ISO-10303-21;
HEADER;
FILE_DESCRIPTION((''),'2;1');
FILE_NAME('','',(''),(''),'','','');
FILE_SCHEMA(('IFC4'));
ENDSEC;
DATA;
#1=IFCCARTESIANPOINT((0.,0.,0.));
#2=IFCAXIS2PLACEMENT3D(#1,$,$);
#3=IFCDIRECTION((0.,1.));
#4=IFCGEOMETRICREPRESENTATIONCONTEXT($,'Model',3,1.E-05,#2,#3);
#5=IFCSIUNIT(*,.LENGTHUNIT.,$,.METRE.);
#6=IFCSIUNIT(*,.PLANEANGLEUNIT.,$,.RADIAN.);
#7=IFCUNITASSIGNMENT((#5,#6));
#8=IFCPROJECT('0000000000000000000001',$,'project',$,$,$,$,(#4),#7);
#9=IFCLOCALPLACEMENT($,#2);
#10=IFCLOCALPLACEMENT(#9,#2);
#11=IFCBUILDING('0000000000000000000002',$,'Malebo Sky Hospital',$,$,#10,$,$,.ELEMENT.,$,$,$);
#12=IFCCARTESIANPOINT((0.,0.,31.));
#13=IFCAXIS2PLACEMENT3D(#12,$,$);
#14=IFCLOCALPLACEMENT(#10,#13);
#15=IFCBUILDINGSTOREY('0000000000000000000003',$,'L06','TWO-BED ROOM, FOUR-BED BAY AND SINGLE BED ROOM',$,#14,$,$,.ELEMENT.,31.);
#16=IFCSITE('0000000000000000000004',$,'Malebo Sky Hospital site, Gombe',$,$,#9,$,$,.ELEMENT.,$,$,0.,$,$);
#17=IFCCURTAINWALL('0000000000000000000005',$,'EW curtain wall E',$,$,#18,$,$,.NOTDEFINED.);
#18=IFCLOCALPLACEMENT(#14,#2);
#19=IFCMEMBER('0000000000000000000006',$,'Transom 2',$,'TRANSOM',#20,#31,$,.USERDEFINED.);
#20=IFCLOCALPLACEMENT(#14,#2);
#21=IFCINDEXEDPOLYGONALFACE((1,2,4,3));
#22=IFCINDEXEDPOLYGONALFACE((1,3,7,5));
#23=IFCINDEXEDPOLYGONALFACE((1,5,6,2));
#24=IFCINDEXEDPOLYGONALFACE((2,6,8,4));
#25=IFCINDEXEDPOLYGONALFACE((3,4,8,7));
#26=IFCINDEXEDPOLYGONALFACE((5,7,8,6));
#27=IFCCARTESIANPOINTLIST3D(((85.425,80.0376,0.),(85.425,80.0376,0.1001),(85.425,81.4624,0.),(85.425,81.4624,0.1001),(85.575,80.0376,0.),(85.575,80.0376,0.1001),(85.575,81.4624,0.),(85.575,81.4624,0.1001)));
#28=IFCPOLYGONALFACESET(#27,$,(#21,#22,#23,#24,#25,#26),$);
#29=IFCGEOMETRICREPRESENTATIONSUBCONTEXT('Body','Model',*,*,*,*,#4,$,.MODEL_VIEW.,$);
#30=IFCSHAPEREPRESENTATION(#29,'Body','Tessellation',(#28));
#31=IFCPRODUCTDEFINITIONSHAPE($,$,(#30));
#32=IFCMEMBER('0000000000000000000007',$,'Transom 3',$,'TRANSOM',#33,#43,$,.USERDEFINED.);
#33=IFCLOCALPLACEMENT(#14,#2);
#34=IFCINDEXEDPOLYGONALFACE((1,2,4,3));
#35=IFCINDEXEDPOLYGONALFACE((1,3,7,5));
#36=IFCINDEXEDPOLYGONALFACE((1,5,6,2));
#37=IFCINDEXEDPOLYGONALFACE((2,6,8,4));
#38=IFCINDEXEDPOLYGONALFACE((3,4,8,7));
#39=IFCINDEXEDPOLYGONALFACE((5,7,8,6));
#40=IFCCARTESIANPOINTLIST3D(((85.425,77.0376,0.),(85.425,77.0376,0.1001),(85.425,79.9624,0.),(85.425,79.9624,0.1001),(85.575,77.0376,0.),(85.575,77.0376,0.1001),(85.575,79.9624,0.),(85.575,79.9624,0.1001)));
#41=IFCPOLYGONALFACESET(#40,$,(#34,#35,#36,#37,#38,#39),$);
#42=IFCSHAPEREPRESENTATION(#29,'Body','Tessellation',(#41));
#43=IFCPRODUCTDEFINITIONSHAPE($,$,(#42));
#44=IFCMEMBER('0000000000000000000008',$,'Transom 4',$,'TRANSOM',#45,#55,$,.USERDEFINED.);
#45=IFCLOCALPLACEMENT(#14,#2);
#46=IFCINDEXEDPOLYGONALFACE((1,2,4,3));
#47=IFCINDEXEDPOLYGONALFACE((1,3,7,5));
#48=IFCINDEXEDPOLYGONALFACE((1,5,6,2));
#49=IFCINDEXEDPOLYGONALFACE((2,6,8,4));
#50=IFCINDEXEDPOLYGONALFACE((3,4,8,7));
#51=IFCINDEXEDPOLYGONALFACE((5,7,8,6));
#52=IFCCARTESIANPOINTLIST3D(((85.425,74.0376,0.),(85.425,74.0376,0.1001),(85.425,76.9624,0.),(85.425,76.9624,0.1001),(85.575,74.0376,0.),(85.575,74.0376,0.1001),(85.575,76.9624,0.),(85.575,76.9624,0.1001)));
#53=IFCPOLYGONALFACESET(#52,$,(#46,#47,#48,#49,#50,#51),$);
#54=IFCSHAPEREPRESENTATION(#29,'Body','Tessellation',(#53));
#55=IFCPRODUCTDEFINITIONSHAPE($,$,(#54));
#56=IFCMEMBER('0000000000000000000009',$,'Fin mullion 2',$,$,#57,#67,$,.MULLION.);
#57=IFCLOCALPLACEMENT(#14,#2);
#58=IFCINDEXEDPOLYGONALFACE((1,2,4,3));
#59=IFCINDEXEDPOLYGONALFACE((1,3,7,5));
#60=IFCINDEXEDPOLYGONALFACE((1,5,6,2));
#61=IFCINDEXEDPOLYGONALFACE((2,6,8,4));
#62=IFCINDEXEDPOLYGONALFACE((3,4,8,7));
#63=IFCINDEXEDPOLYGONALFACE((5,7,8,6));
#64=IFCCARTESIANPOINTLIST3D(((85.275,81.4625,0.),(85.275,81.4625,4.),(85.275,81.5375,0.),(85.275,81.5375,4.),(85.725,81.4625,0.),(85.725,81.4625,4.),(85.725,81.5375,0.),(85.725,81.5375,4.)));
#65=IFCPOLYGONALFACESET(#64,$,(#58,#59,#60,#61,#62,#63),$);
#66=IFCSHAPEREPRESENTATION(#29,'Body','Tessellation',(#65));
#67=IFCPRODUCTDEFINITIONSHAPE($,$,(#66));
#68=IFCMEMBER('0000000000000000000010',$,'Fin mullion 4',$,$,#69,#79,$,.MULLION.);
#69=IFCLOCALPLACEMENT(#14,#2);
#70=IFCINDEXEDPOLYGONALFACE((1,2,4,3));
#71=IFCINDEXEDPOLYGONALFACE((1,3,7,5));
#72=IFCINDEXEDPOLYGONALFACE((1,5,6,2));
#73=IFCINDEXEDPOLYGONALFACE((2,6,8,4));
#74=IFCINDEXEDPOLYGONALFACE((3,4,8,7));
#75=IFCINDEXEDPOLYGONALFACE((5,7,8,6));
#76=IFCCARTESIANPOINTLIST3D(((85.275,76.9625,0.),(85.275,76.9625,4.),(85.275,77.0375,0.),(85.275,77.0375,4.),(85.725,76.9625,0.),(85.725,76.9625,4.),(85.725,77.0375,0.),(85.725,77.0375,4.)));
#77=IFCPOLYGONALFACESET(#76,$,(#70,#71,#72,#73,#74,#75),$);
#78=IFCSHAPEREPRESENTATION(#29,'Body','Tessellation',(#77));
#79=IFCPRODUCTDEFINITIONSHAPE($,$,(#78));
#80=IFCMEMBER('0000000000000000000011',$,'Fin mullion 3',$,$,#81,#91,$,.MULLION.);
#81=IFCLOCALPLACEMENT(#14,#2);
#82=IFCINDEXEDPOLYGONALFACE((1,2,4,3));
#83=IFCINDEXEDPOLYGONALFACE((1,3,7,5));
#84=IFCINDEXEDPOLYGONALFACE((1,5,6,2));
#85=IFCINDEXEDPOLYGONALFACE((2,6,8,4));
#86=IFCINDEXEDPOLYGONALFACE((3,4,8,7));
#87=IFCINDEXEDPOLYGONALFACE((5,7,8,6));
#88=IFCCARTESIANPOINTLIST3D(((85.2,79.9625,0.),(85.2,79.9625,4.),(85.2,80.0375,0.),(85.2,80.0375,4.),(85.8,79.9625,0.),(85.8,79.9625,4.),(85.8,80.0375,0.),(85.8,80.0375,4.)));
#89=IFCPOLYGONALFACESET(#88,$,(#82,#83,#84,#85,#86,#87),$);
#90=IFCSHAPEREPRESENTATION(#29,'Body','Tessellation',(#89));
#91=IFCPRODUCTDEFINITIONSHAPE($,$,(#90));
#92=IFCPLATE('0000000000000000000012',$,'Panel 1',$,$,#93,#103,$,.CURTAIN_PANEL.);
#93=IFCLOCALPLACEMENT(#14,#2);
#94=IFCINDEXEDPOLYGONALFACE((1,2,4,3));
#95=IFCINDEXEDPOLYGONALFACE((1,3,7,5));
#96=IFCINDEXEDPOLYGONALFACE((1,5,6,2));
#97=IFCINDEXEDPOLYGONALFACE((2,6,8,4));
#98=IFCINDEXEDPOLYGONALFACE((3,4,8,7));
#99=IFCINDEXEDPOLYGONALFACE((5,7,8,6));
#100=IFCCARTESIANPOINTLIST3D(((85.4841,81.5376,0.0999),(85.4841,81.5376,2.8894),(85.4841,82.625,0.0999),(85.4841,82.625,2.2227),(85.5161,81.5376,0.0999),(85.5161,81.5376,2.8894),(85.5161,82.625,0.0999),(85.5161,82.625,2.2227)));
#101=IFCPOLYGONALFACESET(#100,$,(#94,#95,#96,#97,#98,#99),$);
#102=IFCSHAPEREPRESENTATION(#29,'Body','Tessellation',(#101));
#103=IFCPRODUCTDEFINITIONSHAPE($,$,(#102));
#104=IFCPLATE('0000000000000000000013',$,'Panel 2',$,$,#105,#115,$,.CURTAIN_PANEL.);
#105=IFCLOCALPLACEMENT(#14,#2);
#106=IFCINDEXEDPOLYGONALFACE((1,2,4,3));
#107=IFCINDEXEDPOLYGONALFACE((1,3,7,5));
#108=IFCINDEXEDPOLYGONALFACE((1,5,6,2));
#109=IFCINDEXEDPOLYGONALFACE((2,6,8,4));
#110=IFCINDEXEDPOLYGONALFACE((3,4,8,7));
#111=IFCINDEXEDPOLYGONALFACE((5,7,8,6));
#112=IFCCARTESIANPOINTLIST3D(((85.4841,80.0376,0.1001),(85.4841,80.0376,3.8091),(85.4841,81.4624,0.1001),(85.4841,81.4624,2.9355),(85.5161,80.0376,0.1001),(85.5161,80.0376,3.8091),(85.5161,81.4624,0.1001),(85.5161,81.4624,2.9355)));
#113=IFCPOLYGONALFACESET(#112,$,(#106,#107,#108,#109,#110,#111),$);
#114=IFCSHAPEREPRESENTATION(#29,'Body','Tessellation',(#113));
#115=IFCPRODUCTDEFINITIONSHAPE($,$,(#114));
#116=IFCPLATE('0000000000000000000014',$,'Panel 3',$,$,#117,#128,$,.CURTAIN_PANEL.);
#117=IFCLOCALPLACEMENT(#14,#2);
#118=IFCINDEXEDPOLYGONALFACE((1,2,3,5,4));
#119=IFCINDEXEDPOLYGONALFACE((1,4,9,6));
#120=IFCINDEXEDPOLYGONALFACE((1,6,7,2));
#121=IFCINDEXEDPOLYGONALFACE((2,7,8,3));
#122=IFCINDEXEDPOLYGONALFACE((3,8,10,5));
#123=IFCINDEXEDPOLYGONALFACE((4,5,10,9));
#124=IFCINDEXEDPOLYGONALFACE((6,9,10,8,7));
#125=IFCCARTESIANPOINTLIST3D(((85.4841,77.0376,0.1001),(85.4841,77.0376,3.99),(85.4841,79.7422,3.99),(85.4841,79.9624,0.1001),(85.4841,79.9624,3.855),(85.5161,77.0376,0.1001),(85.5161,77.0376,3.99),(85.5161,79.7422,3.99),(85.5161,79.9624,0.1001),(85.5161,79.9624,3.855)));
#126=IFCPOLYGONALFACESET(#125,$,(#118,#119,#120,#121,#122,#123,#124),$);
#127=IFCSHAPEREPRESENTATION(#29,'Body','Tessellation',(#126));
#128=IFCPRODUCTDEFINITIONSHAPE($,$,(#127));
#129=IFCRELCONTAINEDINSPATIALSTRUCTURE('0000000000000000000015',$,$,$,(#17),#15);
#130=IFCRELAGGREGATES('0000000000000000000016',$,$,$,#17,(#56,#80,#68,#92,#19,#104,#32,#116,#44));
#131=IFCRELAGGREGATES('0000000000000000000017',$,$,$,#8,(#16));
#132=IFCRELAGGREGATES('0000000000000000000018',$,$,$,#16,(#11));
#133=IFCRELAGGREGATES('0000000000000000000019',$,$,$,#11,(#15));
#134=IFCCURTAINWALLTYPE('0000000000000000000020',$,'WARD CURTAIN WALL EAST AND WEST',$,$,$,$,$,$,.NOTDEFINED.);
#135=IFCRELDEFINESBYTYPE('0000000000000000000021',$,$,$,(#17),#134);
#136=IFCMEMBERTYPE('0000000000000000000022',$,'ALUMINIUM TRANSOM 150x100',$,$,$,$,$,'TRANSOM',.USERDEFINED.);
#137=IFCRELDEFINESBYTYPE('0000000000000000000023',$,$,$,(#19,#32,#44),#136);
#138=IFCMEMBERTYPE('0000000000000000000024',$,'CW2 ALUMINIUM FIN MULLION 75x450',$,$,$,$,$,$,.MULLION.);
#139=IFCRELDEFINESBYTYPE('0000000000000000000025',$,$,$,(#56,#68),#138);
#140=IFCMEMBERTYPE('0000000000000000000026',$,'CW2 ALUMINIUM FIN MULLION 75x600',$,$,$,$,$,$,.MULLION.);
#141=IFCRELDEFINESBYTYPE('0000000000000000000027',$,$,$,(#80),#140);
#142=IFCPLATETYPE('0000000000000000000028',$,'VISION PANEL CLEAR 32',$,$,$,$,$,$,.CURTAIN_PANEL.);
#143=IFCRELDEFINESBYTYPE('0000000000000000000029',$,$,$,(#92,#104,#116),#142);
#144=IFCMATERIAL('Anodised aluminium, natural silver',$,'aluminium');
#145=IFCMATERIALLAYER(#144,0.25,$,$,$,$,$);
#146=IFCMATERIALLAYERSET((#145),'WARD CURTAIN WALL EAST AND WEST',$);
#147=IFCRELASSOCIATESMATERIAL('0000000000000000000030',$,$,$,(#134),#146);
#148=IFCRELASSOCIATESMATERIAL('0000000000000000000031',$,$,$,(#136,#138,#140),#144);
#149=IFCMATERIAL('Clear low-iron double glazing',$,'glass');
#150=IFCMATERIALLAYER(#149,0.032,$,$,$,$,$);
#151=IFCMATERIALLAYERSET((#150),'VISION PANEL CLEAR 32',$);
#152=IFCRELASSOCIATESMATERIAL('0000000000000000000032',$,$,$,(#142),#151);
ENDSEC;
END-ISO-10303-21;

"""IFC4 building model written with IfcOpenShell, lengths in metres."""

from ifc_helpers import new_model, si_unit, direction, frame, origin, origin_2d, place, context, subcontext, project, spatial, polyline, rectangle, outline, extrude, material, layer, layer_set, material_profile, profile_set, type_object, element, aggregate, save


model = new_model("IFC4")

# Units and contexts
model_context = context("Model", 3, precision=1e-05, world=origin(), true_north=direction((0.0, 1.0)))
body_context = subcontext(model_context, "Body", "Model", "MODEL_VIEW")
ifc_project = project(units=[si_unit("LENGTHUNIT", "METRE"), si_unit("PLANEANGLEUNIT", "RADIAN")], contexts=[model_context])

# Site, building, storey
site_placement = place(None, origin())
site = spatial("IfcSite", under=ifc_project, at=site_placement, Name="Malebo Sky Hospital site, Gombe", CompositionType="ELEMENT", RefElevation=0.0)
building_placement = place(site_placement, origin())
building = spatial("IfcBuilding", under=site, at=building_placement, Name="Malebo Sky Hospital", CompositionType="ELEMENT")
storey_placement = place(building_placement, frame((0.0, 0.0, 31.0)))
storey = spatial("IfcBuildingStorey", under=building, at=storey_placement, Name="L06", Description="TWO-BED ROOM, FOUR-BED BAY AND SINGLE BED ROOM", CompositionType="ELEMENT", Elevation=31.0)

# Curtain wall, members, plates
ifc_material_1 = material(Name="Anodised aluminium, natural silver", Category="aluminium")
ifc_layer_1 = layer(ifc_material_1, 0.25)
ifc_layer_set_1 = layer_set([ifc_layer_1], Name="WARD CURTAIN WALL EAST AND WEST")
curtain_wall_type = type_object("IfcCurtainWallType", Name="WARD CURTAIN WALL EAST AND WEST", PredefinedType="NOTDEFINED", material=ifc_layer_set_1)
curtain_wall_placement = place(storey_placement, origin())
curtain_wall = element("IfcCurtainWall", 1, at=curtain_wall_placement, inside=storey, type_object=curtain_wall_type, Name="EW curtain wall E", PredefinedType="NOTDEFINED")
ifc_material_profile_1 = material_profile(ifc_material_1, rectangle(XDim=0.1499, YDim=0.1001, at=origin_2d()), Name="ALUMINIUM TRANSOM 150x100")
ifc_profile_set_1 = profile_set([ifc_material_profile_1], Name="Anodised aluminium, natural silver")
member_type_1 = type_object("IfcMemberType", Name="ALUMINIUM TRANSOM 150x100", ElementType="TRANSOM", PredefinedType="USERDEFINED", material=ifc_profile_set_1)
member_1_placement = place(storey_placement, frame((85.5, 81.4624, 0.05), z_axis=(0.0, -1.0, 0.0), x_axis=(1.0, 0.0, 0.0)))
member_1 = element("IfcMember", 2, at=member_1_placement, type_object=member_type_1, Name="Transom 2", ObjectType="TRANSOM", PredefinedType="USERDEFINED", context=body_context, shape_type="SweptSolid", body=[
    extrude(rectangle(XDim=0.1499, YDim=0.1001, at=origin_2d()), origin(), (0.0, 0.0, 1.0), 1.4248),
])
member_2_placement = place(storey_placement, frame((85.5, 79.9624, 0.05), z_axis=(0.0, -1.0, 0.0), x_axis=(1.0, 0.0, 0.0)))
member_2 = element("IfcMember", 3, at=member_2_placement, type_object=member_type_1, Name="Transom 3", ObjectType="TRANSOM", PredefinedType="USERDEFINED", context=body_context, shape_type="SweptSolid", body=[
    extrude(rectangle(XDim=0.1499, YDim=0.1001, at=origin_2d()), origin(), (0.0, 0.0, 1.0), 2.9248),
])
member_3_placement = place(storey_placement, frame((85.5, 76.9624, 0.05), z_axis=(0.0, -1.0, 0.0), x_axis=(1.0, 0.0, 0.0)))
member_3 = element("IfcMember", 4, at=member_3_placement, type_object=member_type_1, Name="Transom 4", ObjectType="TRANSOM", PredefinedType="USERDEFINED", context=body_context, shape_type="SweptSolid", body=[
    extrude(rectangle(XDim=0.1499, YDim=0.1001, at=origin_2d()), origin(), (0.0, 0.0, 1.0), 2.9248),
])
ifc_material_profile_2 = material_profile(ifc_material_1, rectangle(XDim=0.075, YDim=0.45, at=origin_2d()), Name="CW2 ALUMINIUM FIN MULLION 75x450")
ifc_profile_set_2 = profile_set([ifc_material_profile_2], Name="Anodised aluminium, natural silver")
member_type_2 = type_object("IfcMemberType", Name="CW2 ALUMINIUM FIN MULLION 75x450", PredefinedType="MULLION", material=ifc_profile_set_2)
member_4_placement = place(storey_placement, frame((85.5, 81.5, 0.0), z_axis=(0.0, 0.0, 1.0), x_axis=(0.0, -1.0, 0.0)))
member_4 = element("IfcMember", 5, at=member_4_placement, type_object=member_type_2, Name="Fin mullion 2", PredefinedType="MULLION", context=body_context, shape_type="SweptSolid", body=[
    extrude(rectangle(XDim=0.075, YDim=0.45, at=origin_2d()), origin(), (0.0, 0.0, 1.0), 4.0),
])
member_5_placement = place(storey_placement, frame((85.5, 77.0, 0.0), z_axis=(0.0, 0.0, 1.0), x_axis=(0.0, -1.0, 0.0)))
member_5 = element("IfcMember", 6, at=member_5_placement, type_object=member_type_2, Name="Fin mullion 4", PredefinedType="MULLION", context=body_context, shape_type="SweptSolid", body=[
    extrude(rectangle(XDim=0.075, YDim=0.45, at=origin_2d()), origin(), (0.0, 0.0, 1.0), 4.0),
])
ifc_material_profile_3 = material_profile(ifc_material_1, rectangle(XDim=0.075, YDim=0.6001, at=origin_2d()), Name="CW2 ALUMINIUM FIN MULLION 75x600")
ifc_profile_set_3 = profile_set([ifc_material_profile_3], Name="Anodised aluminium, natural silver")
member_type_3 = type_object("IfcMemberType", Name="CW2 ALUMINIUM FIN MULLION 75x600", PredefinedType="MULLION", material=ifc_profile_set_3)
member_6_placement = place(storey_placement, frame((85.5, 80.0, 0.0), z_axis=(0.0, 0.0, 1.0), x_axis=(0.0, -1.0, 0.0)))
member_6 = element("IfcMember", 7, at=member_6_placement, type_object=member_type_3, Name="Fin mullion 3", PredefinedType="MULLION", context=body_context, shape_type="SweptSolid", body=[
    extrude(rectangle(XDim=0.075, YDim=0.6001, at=origin_2d()), origin(), (0.0, 0.0, 1.0), 4.0),
])
ifc_material_2 = material(Name="Clear low-iron double glazing", Category="glass")
ifc_layer_2 = layer(ifc_material_2, 0.032)
ifc_layer_set_2 = layer_set([ifc_layer_2], Name="VISION PANEL CLEAR 32")
plate_type = type_object("IfcPlateType", Name="VISION PANEL CLEAR 32", PredefinedType="CURTAIN_PANEL", material=ifc_layer_set_2)
plate_1_placement = place(storey_placement, frame((85.5, 82.0813, 0.0999), z_axis=(0.0, 0.0, 1.0), x_axis=(0.0, -1.0, 0.0)))
plate_1 = element("IfcPlate", 8, at=plate_1_placement, type_object=plate_type, Name="Panel 1", PredefinedType="CURTAIN_PANEL", context=body_context, shape_type="SweptSolid", body=[
    extrude(outline(polyline([(-0.5437, 0.0), (0.5437, 0.0), (0.5437, 2.7896), (-0.5437, 2.1228), (-0.5437, 0.0)])), frame((0.0, 0.0161, 0.0), z_axis=(0.0, -1.0, 0.0), x_axis=(1.0, 0.0, 0.0)), (0.0, 0.0, 1.0), 0.032),
])
plate_2_placement = place(storey_placement, frame((85.5, 80.75, 0.1001), z_axis=(0.0, 0.0, 1.0), x_axis=(0.0, -1.0, 0.0)))
plate_2 = element("IfcPlate", 9, at=plate_2_placement, type_object=plate_type, Name="Panel 2", PredefinedType="CURTAIN_PANEL", context=body_context, shape_type="SweptSolid", body=[
    extrude(outline(polyline([(-0.7124, 0.0), (0.7124, 0.0), (0.7124, 3.709), (-0.7124, 2.8354), (-0.7124, 0.0)])), frame((0.0, 0.0161, 0.0), z_axis=(0.0, -1.0, 0.0), x_axis=(1.0, 0.0, 0.0)), (0.0, 0.0, 1.0), 0.032),
])
plate_3_placement = place(storey_placement, frame((85.5, 78.5, 0.1001), z_axis=(0.0, 0.0, 1.0), x_axis=(0.0, -1.0, 0.0)))
plate_3 = element("IfcPlate", 10, at=plate_3_placement, type_object=plate_type, Name="Panel 3", PredefinedType="CURTAIN_PANEL", context=body_context, shape_type="SweptSolid", body=[
    extrude(outline(polyline([(-1.4624, 0.0), (1.4624, 0.0), (1.4624, 3.8899), (-1.2422, 3.8899), (-1.4624, 3.7549), (-1.4624, 0.0)])), frame((0.0, 0.0161, 0.0), z_axis=(0.0, -1.0, 0.0), x_axis=(1.0, 0.0, 0.0)), (0.0, 0.0, 1.0), 0.032),
])
aggregate(curtain_wall, [member_4, member_6, member_5, plate_1, member_1, plate_2, member_2, plate_3, member_3])

save(model, "model.ifc")
